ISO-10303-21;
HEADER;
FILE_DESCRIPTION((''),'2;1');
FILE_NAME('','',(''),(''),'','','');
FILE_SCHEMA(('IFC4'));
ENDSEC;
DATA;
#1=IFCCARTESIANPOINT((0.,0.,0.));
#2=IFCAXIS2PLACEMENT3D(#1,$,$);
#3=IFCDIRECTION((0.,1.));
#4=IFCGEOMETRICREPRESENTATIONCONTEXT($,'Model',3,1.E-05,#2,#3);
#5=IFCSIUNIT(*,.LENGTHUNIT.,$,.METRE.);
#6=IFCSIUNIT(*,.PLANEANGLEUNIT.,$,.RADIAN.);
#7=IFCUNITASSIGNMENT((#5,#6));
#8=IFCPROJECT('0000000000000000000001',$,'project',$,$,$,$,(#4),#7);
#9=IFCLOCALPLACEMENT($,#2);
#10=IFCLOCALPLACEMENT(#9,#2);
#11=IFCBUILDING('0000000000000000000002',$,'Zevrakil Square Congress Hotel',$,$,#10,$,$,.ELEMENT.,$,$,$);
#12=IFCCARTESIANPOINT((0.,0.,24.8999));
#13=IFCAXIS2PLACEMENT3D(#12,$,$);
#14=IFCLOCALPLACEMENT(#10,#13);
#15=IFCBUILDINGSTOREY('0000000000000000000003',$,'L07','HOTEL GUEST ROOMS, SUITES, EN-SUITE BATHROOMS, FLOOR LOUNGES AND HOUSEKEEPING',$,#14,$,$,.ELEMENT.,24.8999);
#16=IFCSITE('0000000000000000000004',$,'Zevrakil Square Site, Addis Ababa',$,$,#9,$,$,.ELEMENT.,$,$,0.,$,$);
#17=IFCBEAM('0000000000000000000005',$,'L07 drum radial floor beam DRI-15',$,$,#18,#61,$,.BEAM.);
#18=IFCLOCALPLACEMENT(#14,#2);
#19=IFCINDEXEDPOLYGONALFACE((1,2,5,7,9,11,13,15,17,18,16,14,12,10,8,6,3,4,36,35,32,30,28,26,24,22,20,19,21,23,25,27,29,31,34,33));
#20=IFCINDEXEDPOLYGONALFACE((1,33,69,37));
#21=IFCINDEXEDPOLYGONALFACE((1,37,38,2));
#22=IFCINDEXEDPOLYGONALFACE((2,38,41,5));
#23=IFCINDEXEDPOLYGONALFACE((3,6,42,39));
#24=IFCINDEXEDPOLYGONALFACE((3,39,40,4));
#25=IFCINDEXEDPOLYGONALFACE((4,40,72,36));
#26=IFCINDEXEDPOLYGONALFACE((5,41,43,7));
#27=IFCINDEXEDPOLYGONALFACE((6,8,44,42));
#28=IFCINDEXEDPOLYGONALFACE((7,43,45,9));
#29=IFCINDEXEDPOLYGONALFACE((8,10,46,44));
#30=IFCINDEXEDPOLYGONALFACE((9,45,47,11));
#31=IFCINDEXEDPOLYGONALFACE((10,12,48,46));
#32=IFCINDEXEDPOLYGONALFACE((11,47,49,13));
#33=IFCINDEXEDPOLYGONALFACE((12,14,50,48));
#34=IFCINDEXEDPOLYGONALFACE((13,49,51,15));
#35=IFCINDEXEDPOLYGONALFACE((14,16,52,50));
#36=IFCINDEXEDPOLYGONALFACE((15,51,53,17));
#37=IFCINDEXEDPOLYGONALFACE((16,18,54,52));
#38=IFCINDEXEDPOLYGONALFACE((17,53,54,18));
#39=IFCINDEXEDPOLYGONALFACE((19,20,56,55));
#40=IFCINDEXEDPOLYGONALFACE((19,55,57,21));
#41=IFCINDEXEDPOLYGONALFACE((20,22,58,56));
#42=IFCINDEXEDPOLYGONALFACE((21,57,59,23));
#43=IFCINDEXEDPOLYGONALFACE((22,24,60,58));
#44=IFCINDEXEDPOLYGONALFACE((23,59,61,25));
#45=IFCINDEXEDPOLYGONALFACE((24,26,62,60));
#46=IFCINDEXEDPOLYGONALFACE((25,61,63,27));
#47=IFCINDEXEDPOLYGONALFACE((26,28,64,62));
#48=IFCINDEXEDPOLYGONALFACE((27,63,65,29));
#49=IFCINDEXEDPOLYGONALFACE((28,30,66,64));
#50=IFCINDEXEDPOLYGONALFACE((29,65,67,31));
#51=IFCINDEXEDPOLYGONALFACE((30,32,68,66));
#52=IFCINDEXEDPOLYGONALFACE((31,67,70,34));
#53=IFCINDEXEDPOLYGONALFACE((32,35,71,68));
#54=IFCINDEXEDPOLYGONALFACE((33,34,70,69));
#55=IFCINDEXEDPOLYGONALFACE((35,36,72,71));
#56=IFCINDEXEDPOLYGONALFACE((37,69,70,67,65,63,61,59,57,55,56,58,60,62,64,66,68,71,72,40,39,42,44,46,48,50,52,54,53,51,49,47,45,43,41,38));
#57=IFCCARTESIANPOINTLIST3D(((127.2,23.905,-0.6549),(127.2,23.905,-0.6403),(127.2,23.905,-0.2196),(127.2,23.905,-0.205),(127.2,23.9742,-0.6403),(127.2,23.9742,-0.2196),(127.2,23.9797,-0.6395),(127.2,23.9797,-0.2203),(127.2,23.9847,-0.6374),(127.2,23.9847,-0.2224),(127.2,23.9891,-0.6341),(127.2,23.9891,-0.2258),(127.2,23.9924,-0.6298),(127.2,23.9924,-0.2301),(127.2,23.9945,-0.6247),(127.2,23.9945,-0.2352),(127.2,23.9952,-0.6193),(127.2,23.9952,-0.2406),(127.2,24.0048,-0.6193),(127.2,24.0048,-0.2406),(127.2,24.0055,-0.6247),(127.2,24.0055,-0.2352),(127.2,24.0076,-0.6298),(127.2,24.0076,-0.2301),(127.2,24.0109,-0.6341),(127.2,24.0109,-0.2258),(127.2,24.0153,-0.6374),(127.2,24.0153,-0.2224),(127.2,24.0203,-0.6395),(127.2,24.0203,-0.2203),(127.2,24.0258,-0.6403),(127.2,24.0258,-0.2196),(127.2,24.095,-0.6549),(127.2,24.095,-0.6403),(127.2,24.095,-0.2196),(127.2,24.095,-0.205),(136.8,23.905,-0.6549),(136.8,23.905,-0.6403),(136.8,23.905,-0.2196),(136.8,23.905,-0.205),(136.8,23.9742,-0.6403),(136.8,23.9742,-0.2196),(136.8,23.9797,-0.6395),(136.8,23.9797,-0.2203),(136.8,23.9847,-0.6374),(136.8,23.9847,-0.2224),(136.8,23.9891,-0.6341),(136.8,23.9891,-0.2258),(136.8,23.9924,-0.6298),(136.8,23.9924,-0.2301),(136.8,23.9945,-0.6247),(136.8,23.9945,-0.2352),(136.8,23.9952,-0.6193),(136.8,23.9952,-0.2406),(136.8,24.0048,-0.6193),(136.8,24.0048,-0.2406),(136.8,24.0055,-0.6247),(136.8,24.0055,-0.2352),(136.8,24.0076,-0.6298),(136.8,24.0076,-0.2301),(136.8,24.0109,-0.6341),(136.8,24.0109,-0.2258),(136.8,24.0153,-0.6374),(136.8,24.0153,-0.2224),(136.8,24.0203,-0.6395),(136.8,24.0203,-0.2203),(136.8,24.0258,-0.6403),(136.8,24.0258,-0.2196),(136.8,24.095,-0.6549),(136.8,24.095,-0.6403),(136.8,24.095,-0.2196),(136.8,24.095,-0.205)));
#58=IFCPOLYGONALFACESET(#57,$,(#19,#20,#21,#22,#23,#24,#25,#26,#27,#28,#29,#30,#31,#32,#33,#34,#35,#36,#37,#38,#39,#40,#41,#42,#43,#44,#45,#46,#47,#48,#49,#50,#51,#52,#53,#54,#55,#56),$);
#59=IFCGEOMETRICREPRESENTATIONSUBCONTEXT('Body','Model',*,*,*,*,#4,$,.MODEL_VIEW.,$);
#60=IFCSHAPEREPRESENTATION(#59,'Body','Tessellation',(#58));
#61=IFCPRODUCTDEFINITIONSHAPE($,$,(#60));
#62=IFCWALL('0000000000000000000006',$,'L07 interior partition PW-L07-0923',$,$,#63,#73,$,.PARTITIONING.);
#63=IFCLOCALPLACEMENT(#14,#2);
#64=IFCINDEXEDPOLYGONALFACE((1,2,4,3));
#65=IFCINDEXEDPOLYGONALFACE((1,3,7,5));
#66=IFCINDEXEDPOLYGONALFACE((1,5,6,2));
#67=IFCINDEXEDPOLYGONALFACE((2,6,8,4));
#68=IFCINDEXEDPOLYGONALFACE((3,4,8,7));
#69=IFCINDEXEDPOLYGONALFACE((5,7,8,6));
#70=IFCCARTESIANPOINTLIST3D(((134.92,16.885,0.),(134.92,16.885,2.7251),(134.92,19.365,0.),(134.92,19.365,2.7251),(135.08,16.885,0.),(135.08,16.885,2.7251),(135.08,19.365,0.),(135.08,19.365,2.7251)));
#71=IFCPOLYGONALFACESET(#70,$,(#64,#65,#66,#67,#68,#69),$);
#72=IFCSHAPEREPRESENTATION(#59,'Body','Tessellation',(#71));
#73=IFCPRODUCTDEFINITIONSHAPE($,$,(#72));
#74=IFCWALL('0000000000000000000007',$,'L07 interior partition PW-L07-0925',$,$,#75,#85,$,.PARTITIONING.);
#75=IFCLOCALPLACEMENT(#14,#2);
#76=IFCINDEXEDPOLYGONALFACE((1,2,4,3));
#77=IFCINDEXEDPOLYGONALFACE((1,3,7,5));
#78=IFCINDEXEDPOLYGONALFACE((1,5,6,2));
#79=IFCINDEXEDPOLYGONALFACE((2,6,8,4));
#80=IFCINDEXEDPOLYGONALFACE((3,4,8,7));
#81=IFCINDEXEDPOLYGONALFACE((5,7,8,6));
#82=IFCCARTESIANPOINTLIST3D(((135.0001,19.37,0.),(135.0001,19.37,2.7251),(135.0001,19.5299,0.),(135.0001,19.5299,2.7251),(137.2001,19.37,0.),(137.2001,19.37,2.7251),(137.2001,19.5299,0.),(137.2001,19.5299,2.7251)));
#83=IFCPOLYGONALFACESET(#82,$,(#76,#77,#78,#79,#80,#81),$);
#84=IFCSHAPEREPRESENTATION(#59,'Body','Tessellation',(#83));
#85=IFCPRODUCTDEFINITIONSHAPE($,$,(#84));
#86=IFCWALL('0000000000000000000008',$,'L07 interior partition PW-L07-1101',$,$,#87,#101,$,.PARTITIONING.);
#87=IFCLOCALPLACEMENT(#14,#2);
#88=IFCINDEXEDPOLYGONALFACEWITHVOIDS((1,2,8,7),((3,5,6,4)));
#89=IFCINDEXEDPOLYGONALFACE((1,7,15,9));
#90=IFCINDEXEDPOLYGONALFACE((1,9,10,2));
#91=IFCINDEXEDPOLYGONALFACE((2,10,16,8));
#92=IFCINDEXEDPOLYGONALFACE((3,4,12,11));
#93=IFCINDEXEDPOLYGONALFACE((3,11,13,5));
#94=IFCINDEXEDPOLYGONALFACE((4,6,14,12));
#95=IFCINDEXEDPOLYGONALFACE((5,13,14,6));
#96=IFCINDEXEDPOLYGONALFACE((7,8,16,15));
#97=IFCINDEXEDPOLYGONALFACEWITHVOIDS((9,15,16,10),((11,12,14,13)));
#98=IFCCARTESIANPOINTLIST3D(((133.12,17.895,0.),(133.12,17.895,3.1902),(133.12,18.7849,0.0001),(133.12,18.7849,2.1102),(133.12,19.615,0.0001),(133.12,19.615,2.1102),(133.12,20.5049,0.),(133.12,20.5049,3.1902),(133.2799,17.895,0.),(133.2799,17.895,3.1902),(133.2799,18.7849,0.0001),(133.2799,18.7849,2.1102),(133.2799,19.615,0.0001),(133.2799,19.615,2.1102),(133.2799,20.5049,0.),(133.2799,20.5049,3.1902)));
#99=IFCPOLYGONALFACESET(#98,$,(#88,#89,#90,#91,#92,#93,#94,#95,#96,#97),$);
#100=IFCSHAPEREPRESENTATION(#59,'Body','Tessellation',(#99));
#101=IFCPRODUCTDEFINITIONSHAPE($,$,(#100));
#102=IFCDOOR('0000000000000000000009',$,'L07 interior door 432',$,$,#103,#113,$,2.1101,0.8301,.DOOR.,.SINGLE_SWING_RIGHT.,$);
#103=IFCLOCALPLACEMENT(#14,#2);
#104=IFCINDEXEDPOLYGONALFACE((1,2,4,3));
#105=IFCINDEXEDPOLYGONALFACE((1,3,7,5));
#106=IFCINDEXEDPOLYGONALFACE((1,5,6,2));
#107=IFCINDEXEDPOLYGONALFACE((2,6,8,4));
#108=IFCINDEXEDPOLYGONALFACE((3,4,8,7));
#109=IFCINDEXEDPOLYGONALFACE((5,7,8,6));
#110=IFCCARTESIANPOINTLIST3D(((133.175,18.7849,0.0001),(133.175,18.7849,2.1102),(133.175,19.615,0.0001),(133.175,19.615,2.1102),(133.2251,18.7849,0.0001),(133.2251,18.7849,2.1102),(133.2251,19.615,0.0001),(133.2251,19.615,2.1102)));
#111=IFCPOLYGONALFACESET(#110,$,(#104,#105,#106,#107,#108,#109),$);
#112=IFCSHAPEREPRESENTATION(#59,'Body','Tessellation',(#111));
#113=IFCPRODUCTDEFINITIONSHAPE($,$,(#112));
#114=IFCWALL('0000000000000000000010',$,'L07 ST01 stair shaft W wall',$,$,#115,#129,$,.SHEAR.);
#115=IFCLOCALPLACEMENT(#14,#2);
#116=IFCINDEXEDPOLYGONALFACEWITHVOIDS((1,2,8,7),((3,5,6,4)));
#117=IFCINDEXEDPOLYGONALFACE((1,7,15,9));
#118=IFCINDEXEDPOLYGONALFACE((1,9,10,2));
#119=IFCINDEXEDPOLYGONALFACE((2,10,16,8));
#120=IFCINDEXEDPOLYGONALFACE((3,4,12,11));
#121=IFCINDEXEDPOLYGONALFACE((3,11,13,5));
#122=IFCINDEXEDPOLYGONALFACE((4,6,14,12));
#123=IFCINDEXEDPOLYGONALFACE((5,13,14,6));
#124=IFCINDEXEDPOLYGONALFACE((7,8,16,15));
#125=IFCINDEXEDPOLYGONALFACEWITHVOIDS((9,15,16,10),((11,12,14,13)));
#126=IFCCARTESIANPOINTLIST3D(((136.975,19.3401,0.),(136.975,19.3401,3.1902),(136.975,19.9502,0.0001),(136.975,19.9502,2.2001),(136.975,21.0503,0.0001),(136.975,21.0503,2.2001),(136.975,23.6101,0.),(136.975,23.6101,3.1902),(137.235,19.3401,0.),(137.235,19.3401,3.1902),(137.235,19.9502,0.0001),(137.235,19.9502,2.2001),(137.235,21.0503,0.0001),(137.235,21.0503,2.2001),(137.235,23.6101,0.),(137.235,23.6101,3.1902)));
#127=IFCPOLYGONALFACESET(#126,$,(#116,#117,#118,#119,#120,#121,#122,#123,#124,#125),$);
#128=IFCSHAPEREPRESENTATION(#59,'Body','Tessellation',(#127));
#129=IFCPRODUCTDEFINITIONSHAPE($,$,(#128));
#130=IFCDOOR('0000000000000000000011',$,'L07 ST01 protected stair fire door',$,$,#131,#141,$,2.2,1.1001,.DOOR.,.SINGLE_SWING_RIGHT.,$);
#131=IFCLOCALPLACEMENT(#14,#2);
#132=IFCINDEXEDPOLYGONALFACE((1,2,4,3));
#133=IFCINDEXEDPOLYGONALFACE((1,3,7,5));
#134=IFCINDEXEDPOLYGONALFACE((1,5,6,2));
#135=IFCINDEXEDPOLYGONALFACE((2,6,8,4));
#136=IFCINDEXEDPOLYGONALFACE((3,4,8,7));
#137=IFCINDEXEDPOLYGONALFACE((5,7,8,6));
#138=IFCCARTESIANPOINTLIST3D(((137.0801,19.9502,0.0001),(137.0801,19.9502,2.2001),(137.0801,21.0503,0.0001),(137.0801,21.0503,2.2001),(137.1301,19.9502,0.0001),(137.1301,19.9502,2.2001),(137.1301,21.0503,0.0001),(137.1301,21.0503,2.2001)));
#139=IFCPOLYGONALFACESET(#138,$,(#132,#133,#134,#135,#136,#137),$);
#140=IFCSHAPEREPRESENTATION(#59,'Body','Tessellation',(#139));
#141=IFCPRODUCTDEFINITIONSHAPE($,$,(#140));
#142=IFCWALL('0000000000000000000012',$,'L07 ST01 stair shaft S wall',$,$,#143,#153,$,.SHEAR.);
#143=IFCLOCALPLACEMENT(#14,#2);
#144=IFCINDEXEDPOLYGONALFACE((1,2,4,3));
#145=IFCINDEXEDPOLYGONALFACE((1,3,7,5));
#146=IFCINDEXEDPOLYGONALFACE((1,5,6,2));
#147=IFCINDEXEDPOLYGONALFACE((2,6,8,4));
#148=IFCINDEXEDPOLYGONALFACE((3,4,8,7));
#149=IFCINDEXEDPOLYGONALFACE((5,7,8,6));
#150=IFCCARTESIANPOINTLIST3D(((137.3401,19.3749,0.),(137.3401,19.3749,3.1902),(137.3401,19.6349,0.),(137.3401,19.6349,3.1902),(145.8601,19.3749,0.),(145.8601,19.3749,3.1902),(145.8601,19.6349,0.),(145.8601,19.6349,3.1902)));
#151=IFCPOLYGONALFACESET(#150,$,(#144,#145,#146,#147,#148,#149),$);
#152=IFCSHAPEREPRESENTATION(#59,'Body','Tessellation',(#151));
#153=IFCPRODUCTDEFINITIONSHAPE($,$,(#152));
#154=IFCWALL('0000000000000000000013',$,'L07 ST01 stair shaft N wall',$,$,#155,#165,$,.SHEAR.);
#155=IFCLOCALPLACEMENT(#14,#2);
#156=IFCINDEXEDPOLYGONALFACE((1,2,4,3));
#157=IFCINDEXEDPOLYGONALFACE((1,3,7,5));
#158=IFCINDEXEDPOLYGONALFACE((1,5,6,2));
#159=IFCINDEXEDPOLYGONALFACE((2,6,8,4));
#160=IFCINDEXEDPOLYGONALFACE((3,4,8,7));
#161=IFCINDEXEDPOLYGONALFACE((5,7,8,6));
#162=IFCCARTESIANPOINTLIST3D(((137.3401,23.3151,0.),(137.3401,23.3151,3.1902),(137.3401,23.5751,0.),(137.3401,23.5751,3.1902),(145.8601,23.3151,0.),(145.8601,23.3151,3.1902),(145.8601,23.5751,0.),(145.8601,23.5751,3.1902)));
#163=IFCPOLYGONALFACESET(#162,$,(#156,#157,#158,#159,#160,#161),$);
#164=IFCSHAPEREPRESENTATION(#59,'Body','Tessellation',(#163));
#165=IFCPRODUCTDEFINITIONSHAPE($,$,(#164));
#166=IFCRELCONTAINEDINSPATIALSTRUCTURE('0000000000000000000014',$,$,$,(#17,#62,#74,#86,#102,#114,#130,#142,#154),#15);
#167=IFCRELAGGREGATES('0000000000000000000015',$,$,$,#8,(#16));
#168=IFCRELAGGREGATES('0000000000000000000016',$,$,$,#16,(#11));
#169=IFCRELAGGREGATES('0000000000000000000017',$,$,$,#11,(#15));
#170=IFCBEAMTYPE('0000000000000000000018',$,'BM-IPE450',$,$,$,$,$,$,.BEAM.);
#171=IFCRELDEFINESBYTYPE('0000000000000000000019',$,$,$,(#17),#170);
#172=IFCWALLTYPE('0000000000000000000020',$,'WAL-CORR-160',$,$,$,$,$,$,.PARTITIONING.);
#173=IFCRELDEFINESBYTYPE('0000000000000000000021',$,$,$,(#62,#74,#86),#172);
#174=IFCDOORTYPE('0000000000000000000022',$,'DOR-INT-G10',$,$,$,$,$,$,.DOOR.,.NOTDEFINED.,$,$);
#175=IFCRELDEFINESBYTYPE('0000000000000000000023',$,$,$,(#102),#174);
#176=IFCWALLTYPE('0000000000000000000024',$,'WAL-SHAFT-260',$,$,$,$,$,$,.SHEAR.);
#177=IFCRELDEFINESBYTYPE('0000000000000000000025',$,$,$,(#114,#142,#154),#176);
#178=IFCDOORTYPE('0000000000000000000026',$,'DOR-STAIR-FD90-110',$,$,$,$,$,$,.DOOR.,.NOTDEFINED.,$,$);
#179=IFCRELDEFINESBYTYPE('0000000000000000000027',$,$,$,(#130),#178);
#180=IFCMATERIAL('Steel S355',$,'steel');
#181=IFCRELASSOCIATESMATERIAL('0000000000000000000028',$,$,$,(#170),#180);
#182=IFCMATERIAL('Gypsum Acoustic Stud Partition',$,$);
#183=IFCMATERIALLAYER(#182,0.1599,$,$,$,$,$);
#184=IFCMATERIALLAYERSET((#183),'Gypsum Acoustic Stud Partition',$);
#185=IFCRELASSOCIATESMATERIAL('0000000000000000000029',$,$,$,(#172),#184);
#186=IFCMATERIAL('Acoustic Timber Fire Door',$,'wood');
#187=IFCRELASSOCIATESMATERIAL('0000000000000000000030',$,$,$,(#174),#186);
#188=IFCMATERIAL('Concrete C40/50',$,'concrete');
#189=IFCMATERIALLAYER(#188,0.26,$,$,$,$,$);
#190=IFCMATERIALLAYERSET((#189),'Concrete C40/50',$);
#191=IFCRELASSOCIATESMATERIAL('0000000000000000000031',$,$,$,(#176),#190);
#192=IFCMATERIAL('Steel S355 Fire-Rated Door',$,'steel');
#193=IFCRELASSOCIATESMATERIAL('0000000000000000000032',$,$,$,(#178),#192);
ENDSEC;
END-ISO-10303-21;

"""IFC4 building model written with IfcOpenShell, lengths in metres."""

from ifc_helpers import new_model, si_unit, direction, frame, frame_2d, origin, origin_2d, place, context, subcontext, project, spatial, rectangle, i_section, extrude, material, layer, layer_set, material_profile, profile_set, type_object, element, fill, save


model = new_model("IFC4")

# Units and contexts
model_context = context("Model", 3, precision=1e-05, world=origin(), true_north=direction((0.0, 1.0)))
body_context = subcontext(model_context, "Body", "Model", "MODEL_VIEW")
ifc_project = project(units=[si_unit("LENGTHUNIT", "METRE"), si_unit("PLANEANGLEUNIT", "RADIAN")], contexts=[model_context])

# Site, building, storey
site_placement = place(None, origin())
site = spatial("IfcSite", under=ifc_project, at=site_placement, Name="Zevrakil Square Site, Addis Ababa", CompositionType="ELEMENT", RefElevation=0.0)
building_placement = place(site_placement, origin())
building = spatial("IfcBuilding", under=site, at=building_placement, Name="Zevrakil Square Congress Hotel", CompositionType="ELEMENT")
storey_placement = place(building_placement, frame((0.0, 0.0, 24.8999)))
storey = spatial("IfcBuildingStorey", under=building, at=storey_placement, Name="L07", Description="HOTEL GUEST ROOMS, SUITES, EN-SUITE BATHROOMS, FLOOR LOUNGES AND HOUSEKEEPING", CompositionType="ELEMENT", Elevation=24.8999)

# Beam
ifc_material_1 = material(Name="Steel S355", Category="steel")
ifc_material_profile = material_profile(ifc_material_1, i_section(OverallWidth=0.1899, OverallDepth=0.45, WebThickness=0.0095, FlangeThickness=0.0146, FilletRadius=0.021, at=origin_2d()), Name="IPE 450")
ifc_profile_set = profile_set([ifc_material_profile], Name="Steel S355")
beam_type = type_object("IfcBeamType", Name="BM-IPE450", PredefinedType="BEAM", material=ifc_profile_set)
beam_placement = place(storey_placement, frame((136.8, 24.0, -0.4299), z_axis=(-1.0, 0.0, 0.0), x_axis=(0.0, -1.0, 0.0)))
element("IfcBeam", 1, at=beam_placement, inside=storey, type_object=beam_type, Name="L07 drum radial floor beam DRI-15", PredefinedType="BEAM", context=body_context, shape_type="SweptSolid", body=[
    extrude(i_section(OverallWidth=0.1899, OverallDepth=0.45, WebThickness=0.0095, FlangeThickness=0.0146, FilletRadius=0.021, at=origin_2d()), origin(), (0.0, 0.0, 1.0), 9.6001),
])

# Walls
ifc_material_2 = material(Name="Gypsum Acoustic Stud Partition")
ifc_layer_1 = layer(ifc_material_2, 0.1599)
ifc_layer_set_1 = layer_set([ifc_layer_1], Name="Gypsum Acoustic Stud Partition")
wall_type_1 = type_object("IfcWallType", Name="WAL-CORR-160", PredefinedType="PARTITIONING", material=ifc_layer_set_1)
wall_1_placement = place(storey_placement, frame((135.0, 16.885, 0.0), z_axis=(0.0, 0.0, 1.0), x_axis=(0.0, 1.0, 0.0)))
element("IfcWall", 2, at=wall_1_placement, inside=storey, type_object=wall_type_1, Name="L07 interior partition PW-L07-0923", PredefinedType="PARTITIONING", context=body_context, shape_type="SweptSolid", body=[
    extrude(rectangle(XDim=2.48, YDim=0.1599, at=frame_2d((1.24, 0.0))), origin(), (0.0, 0.0, 1.0), 2.7251),
])
wall_2_placement = place(storey_placement, frame((135.0, 19.45, 0.0), z_axis=(0.0, 0.0, 1.0), x_axis=(1.0, 0.0, 0.0)))
element("IfcWall", 3, at=wall_2_placement, inside=storey, type_object=wall_type_1, Name="L07 interior partition PW-L07-0925", PredefinedType="PARTITIONING", context=body_context, shape_type="SweptSolid", body=[
    extrude(rectangle(XDim=2.2, YDim=0.1599, at=frame_2d((1.1001, 0.0))), origin(), (0.0, 0.0, 1.0), 2.7251),
])

# Walls, openings, doors
wall_3_placement = place(storey_placement, frame((133.2, 17.895, 0.0), z_axis=(0.0, 0.0, 1.0), x_axis=(0.0, 1.0, 0.0)))
wall_3 = element("IfcWall", 4, at=wall_3_placement, inside=storey, type_object=wall_type_1, Name="L07 interior partition PW-L07-1101", PredefinedType="PARTITIONING", context=body_context, shape_type="SweptSolid", body=[
    extrude(rectangle(XDim=2.6099, YDim=0.1599, at=frame_2d((1.3049, 0.0))), origin(), (0.0, 0.0, 1.0), 3.1902),
])
opening_1_placement = place(wall_3_placement, frame((0.8899, 0.0, 0.0)))
opening_1 = element("IfcOpeningElement", 5, at=opening_1_placement, cuts=wall_3, PredefinedType="OPENING", context=body_context, shape_type="SweptSolid", body=[
    extrude(rectangle(XDim=0.8301, YDim=2.1101, at=frame_2d((0.415, 1.0552))), frame((0.0, 0.0898, 0.0), z_axis=(0.0, -1.0, 0.0), x_axis=(1.0, 0.0, 0.0)), (0.0, 0.0, 1.0), 0.1799),
])
ifc_material_3 = material(Name="Acoustic Timber Fire Door", Category="wood")
door_type_1 = type_object("IfcDoorType", Name="DOR-INT-G10", OperationType="NOTDEFINED", PredefinedType="DOOR", material=ifc_material_3)
door_1_placement = place(opening_1_placement, origin())
door_1 = element("IfcDoor", 6, at=door_1_placement, inside=storey, type_object=door_type_1, Name="L07 interior door 432", OperationType="SINGLE_SWING_RIGHT", OverallHeight=2.1101, OverallWidth=0.8301, PredefinedType="DOOR", context=body_context, shape_type="SweptSolid", body=[
    extrude(rectangle(XDim=0.8301, YDim=2.1101, at=frame_2d((0.415, 1.0552))), frame((0.0, 0.0249, 0.0), z_axis=(0.0, -1.0, 0.0), x_axis=(1.0, 0.0, 0.0)), (0.0, 0.0, 1.0), 0.05),
])
fill(opening_1, door_1)
ifc_material_4 = material(Name="Concrete C40/50", Category="concrete")
ifc_layer_2 = layer(ifc_material_4, 0.26)
ifc_layer_set_2 = layer_set([ifc_layer_2], Name="Concrete C40/50")
wall_type_2 = type_object("IfcWallType", Name="WAL-SHAFT-260", PredefinedType="SHEAR", material=ifc_layer_set_2)
wall_4_placement = place(storey_placement, frame((137.105, 19.3401, 0.0), z_axis=(0.0, 0.0, 1.0), x_axis=(0.0, 1.0, 0.0)))
wall_4 = element("IfcWall", 7, at=wall_4_placement, inside=storey, type_object=wall_type_2, Name="L07 ST01 stair shaft W wall", PredefinedType="SHEAR", context=body_context, shape_type="SweptSolid", body=[
    extrude(rectangle(XDim=4.27, YDim=0.26, at=frame_2d((2.135, 0.0))), origin(), (0.0, 0.0, 1.0), 3.1902),
])
opening_2_placement = place(wall_4_placement, frame((0.6101, 0.0, 0.0)))
opening_2 = element("IfcOpeningElement", 8, at=opening_2_placement, cuts=wall_4, PredefinedType="OPENING", context=body_context, shape_type="SweptSolid", body=[
    extrude(rectangle(XDim=1.1001, YDim=2.2, at=frame_2d((0.55, 1.1001))), frame((0.0, 0.1401, 0.0), z_axis=(0.0, -1.0, 0.0), x_axis=(1.0, 0.0, 0.0)), (0.0, 0.0, 1.0), 0.28),
])
ifc_material_5 = material(Name="Steel S355 Fire-Rated Door", Category="steel")
door_type_2 = type_object("IfcDoorType", Name="DOR-STAIR-FD90-110", OperationType="NOTDEFINED", PredefinedType="DOOR", material=ifc_material_5)
door_2_placement = place(opening_2_placement, origin())
door_2 = element("IfcDoor", 9, at=door_2_placement, inside=storey, type_object=door_type_2, Name="L07 ST01 protected stair fire door", OperationType="SINGLE_SWING_RIGHT", OverallHeight=2.2, OverallWidth=1.1001, PredefinedType="DOOR", context=body_context, shape_type="SweptSolid", body=[
    extrude(rectangle(XDim=1.1001, YDim=2.2, at=frame_2d((0.55, 1.1001))), frame((0.0, 0.0249, 0.0), z_axis=(0.0, -1.0, 0.0), x_axis=(1.0, 0.0, 0.0)), (0.0, 0.0, 1.0), 0.05),
])
fill(opening_2, door_2)

# Walls
for number, where, z_axis, x_axis, name in (
    (10, (137.3401, 19.5049, 0.0), (0.0, 0.0, 1.0), (1.0, 0.0, 0.0), "L07 ST01 stair shaft S wall"),
    (11, (137.3401, 23.4451, 0.0), (0.0, 0.0, 1.0), (1.0, 0.0, 0.0), "L07 ST01 stair shaft N wall"),
):
    element("IfcWall", number, at=place(storey_placement, frame(where, z_axis=z_axis, x_axis=x_axis)), inside=storey, type_object=wall_type_2, Name=name, PredefinedType="SHEAR", context=body_context, shape_type="SweptSolid", body=[
        extrude(rectangle(XDim=8.52, YDim=0.26, at=frame_2d((4.26, 0.0))), origin(), (0.0, 0.0, 1.0), 3.1902),
    ])

save(model, "model.ifc")
